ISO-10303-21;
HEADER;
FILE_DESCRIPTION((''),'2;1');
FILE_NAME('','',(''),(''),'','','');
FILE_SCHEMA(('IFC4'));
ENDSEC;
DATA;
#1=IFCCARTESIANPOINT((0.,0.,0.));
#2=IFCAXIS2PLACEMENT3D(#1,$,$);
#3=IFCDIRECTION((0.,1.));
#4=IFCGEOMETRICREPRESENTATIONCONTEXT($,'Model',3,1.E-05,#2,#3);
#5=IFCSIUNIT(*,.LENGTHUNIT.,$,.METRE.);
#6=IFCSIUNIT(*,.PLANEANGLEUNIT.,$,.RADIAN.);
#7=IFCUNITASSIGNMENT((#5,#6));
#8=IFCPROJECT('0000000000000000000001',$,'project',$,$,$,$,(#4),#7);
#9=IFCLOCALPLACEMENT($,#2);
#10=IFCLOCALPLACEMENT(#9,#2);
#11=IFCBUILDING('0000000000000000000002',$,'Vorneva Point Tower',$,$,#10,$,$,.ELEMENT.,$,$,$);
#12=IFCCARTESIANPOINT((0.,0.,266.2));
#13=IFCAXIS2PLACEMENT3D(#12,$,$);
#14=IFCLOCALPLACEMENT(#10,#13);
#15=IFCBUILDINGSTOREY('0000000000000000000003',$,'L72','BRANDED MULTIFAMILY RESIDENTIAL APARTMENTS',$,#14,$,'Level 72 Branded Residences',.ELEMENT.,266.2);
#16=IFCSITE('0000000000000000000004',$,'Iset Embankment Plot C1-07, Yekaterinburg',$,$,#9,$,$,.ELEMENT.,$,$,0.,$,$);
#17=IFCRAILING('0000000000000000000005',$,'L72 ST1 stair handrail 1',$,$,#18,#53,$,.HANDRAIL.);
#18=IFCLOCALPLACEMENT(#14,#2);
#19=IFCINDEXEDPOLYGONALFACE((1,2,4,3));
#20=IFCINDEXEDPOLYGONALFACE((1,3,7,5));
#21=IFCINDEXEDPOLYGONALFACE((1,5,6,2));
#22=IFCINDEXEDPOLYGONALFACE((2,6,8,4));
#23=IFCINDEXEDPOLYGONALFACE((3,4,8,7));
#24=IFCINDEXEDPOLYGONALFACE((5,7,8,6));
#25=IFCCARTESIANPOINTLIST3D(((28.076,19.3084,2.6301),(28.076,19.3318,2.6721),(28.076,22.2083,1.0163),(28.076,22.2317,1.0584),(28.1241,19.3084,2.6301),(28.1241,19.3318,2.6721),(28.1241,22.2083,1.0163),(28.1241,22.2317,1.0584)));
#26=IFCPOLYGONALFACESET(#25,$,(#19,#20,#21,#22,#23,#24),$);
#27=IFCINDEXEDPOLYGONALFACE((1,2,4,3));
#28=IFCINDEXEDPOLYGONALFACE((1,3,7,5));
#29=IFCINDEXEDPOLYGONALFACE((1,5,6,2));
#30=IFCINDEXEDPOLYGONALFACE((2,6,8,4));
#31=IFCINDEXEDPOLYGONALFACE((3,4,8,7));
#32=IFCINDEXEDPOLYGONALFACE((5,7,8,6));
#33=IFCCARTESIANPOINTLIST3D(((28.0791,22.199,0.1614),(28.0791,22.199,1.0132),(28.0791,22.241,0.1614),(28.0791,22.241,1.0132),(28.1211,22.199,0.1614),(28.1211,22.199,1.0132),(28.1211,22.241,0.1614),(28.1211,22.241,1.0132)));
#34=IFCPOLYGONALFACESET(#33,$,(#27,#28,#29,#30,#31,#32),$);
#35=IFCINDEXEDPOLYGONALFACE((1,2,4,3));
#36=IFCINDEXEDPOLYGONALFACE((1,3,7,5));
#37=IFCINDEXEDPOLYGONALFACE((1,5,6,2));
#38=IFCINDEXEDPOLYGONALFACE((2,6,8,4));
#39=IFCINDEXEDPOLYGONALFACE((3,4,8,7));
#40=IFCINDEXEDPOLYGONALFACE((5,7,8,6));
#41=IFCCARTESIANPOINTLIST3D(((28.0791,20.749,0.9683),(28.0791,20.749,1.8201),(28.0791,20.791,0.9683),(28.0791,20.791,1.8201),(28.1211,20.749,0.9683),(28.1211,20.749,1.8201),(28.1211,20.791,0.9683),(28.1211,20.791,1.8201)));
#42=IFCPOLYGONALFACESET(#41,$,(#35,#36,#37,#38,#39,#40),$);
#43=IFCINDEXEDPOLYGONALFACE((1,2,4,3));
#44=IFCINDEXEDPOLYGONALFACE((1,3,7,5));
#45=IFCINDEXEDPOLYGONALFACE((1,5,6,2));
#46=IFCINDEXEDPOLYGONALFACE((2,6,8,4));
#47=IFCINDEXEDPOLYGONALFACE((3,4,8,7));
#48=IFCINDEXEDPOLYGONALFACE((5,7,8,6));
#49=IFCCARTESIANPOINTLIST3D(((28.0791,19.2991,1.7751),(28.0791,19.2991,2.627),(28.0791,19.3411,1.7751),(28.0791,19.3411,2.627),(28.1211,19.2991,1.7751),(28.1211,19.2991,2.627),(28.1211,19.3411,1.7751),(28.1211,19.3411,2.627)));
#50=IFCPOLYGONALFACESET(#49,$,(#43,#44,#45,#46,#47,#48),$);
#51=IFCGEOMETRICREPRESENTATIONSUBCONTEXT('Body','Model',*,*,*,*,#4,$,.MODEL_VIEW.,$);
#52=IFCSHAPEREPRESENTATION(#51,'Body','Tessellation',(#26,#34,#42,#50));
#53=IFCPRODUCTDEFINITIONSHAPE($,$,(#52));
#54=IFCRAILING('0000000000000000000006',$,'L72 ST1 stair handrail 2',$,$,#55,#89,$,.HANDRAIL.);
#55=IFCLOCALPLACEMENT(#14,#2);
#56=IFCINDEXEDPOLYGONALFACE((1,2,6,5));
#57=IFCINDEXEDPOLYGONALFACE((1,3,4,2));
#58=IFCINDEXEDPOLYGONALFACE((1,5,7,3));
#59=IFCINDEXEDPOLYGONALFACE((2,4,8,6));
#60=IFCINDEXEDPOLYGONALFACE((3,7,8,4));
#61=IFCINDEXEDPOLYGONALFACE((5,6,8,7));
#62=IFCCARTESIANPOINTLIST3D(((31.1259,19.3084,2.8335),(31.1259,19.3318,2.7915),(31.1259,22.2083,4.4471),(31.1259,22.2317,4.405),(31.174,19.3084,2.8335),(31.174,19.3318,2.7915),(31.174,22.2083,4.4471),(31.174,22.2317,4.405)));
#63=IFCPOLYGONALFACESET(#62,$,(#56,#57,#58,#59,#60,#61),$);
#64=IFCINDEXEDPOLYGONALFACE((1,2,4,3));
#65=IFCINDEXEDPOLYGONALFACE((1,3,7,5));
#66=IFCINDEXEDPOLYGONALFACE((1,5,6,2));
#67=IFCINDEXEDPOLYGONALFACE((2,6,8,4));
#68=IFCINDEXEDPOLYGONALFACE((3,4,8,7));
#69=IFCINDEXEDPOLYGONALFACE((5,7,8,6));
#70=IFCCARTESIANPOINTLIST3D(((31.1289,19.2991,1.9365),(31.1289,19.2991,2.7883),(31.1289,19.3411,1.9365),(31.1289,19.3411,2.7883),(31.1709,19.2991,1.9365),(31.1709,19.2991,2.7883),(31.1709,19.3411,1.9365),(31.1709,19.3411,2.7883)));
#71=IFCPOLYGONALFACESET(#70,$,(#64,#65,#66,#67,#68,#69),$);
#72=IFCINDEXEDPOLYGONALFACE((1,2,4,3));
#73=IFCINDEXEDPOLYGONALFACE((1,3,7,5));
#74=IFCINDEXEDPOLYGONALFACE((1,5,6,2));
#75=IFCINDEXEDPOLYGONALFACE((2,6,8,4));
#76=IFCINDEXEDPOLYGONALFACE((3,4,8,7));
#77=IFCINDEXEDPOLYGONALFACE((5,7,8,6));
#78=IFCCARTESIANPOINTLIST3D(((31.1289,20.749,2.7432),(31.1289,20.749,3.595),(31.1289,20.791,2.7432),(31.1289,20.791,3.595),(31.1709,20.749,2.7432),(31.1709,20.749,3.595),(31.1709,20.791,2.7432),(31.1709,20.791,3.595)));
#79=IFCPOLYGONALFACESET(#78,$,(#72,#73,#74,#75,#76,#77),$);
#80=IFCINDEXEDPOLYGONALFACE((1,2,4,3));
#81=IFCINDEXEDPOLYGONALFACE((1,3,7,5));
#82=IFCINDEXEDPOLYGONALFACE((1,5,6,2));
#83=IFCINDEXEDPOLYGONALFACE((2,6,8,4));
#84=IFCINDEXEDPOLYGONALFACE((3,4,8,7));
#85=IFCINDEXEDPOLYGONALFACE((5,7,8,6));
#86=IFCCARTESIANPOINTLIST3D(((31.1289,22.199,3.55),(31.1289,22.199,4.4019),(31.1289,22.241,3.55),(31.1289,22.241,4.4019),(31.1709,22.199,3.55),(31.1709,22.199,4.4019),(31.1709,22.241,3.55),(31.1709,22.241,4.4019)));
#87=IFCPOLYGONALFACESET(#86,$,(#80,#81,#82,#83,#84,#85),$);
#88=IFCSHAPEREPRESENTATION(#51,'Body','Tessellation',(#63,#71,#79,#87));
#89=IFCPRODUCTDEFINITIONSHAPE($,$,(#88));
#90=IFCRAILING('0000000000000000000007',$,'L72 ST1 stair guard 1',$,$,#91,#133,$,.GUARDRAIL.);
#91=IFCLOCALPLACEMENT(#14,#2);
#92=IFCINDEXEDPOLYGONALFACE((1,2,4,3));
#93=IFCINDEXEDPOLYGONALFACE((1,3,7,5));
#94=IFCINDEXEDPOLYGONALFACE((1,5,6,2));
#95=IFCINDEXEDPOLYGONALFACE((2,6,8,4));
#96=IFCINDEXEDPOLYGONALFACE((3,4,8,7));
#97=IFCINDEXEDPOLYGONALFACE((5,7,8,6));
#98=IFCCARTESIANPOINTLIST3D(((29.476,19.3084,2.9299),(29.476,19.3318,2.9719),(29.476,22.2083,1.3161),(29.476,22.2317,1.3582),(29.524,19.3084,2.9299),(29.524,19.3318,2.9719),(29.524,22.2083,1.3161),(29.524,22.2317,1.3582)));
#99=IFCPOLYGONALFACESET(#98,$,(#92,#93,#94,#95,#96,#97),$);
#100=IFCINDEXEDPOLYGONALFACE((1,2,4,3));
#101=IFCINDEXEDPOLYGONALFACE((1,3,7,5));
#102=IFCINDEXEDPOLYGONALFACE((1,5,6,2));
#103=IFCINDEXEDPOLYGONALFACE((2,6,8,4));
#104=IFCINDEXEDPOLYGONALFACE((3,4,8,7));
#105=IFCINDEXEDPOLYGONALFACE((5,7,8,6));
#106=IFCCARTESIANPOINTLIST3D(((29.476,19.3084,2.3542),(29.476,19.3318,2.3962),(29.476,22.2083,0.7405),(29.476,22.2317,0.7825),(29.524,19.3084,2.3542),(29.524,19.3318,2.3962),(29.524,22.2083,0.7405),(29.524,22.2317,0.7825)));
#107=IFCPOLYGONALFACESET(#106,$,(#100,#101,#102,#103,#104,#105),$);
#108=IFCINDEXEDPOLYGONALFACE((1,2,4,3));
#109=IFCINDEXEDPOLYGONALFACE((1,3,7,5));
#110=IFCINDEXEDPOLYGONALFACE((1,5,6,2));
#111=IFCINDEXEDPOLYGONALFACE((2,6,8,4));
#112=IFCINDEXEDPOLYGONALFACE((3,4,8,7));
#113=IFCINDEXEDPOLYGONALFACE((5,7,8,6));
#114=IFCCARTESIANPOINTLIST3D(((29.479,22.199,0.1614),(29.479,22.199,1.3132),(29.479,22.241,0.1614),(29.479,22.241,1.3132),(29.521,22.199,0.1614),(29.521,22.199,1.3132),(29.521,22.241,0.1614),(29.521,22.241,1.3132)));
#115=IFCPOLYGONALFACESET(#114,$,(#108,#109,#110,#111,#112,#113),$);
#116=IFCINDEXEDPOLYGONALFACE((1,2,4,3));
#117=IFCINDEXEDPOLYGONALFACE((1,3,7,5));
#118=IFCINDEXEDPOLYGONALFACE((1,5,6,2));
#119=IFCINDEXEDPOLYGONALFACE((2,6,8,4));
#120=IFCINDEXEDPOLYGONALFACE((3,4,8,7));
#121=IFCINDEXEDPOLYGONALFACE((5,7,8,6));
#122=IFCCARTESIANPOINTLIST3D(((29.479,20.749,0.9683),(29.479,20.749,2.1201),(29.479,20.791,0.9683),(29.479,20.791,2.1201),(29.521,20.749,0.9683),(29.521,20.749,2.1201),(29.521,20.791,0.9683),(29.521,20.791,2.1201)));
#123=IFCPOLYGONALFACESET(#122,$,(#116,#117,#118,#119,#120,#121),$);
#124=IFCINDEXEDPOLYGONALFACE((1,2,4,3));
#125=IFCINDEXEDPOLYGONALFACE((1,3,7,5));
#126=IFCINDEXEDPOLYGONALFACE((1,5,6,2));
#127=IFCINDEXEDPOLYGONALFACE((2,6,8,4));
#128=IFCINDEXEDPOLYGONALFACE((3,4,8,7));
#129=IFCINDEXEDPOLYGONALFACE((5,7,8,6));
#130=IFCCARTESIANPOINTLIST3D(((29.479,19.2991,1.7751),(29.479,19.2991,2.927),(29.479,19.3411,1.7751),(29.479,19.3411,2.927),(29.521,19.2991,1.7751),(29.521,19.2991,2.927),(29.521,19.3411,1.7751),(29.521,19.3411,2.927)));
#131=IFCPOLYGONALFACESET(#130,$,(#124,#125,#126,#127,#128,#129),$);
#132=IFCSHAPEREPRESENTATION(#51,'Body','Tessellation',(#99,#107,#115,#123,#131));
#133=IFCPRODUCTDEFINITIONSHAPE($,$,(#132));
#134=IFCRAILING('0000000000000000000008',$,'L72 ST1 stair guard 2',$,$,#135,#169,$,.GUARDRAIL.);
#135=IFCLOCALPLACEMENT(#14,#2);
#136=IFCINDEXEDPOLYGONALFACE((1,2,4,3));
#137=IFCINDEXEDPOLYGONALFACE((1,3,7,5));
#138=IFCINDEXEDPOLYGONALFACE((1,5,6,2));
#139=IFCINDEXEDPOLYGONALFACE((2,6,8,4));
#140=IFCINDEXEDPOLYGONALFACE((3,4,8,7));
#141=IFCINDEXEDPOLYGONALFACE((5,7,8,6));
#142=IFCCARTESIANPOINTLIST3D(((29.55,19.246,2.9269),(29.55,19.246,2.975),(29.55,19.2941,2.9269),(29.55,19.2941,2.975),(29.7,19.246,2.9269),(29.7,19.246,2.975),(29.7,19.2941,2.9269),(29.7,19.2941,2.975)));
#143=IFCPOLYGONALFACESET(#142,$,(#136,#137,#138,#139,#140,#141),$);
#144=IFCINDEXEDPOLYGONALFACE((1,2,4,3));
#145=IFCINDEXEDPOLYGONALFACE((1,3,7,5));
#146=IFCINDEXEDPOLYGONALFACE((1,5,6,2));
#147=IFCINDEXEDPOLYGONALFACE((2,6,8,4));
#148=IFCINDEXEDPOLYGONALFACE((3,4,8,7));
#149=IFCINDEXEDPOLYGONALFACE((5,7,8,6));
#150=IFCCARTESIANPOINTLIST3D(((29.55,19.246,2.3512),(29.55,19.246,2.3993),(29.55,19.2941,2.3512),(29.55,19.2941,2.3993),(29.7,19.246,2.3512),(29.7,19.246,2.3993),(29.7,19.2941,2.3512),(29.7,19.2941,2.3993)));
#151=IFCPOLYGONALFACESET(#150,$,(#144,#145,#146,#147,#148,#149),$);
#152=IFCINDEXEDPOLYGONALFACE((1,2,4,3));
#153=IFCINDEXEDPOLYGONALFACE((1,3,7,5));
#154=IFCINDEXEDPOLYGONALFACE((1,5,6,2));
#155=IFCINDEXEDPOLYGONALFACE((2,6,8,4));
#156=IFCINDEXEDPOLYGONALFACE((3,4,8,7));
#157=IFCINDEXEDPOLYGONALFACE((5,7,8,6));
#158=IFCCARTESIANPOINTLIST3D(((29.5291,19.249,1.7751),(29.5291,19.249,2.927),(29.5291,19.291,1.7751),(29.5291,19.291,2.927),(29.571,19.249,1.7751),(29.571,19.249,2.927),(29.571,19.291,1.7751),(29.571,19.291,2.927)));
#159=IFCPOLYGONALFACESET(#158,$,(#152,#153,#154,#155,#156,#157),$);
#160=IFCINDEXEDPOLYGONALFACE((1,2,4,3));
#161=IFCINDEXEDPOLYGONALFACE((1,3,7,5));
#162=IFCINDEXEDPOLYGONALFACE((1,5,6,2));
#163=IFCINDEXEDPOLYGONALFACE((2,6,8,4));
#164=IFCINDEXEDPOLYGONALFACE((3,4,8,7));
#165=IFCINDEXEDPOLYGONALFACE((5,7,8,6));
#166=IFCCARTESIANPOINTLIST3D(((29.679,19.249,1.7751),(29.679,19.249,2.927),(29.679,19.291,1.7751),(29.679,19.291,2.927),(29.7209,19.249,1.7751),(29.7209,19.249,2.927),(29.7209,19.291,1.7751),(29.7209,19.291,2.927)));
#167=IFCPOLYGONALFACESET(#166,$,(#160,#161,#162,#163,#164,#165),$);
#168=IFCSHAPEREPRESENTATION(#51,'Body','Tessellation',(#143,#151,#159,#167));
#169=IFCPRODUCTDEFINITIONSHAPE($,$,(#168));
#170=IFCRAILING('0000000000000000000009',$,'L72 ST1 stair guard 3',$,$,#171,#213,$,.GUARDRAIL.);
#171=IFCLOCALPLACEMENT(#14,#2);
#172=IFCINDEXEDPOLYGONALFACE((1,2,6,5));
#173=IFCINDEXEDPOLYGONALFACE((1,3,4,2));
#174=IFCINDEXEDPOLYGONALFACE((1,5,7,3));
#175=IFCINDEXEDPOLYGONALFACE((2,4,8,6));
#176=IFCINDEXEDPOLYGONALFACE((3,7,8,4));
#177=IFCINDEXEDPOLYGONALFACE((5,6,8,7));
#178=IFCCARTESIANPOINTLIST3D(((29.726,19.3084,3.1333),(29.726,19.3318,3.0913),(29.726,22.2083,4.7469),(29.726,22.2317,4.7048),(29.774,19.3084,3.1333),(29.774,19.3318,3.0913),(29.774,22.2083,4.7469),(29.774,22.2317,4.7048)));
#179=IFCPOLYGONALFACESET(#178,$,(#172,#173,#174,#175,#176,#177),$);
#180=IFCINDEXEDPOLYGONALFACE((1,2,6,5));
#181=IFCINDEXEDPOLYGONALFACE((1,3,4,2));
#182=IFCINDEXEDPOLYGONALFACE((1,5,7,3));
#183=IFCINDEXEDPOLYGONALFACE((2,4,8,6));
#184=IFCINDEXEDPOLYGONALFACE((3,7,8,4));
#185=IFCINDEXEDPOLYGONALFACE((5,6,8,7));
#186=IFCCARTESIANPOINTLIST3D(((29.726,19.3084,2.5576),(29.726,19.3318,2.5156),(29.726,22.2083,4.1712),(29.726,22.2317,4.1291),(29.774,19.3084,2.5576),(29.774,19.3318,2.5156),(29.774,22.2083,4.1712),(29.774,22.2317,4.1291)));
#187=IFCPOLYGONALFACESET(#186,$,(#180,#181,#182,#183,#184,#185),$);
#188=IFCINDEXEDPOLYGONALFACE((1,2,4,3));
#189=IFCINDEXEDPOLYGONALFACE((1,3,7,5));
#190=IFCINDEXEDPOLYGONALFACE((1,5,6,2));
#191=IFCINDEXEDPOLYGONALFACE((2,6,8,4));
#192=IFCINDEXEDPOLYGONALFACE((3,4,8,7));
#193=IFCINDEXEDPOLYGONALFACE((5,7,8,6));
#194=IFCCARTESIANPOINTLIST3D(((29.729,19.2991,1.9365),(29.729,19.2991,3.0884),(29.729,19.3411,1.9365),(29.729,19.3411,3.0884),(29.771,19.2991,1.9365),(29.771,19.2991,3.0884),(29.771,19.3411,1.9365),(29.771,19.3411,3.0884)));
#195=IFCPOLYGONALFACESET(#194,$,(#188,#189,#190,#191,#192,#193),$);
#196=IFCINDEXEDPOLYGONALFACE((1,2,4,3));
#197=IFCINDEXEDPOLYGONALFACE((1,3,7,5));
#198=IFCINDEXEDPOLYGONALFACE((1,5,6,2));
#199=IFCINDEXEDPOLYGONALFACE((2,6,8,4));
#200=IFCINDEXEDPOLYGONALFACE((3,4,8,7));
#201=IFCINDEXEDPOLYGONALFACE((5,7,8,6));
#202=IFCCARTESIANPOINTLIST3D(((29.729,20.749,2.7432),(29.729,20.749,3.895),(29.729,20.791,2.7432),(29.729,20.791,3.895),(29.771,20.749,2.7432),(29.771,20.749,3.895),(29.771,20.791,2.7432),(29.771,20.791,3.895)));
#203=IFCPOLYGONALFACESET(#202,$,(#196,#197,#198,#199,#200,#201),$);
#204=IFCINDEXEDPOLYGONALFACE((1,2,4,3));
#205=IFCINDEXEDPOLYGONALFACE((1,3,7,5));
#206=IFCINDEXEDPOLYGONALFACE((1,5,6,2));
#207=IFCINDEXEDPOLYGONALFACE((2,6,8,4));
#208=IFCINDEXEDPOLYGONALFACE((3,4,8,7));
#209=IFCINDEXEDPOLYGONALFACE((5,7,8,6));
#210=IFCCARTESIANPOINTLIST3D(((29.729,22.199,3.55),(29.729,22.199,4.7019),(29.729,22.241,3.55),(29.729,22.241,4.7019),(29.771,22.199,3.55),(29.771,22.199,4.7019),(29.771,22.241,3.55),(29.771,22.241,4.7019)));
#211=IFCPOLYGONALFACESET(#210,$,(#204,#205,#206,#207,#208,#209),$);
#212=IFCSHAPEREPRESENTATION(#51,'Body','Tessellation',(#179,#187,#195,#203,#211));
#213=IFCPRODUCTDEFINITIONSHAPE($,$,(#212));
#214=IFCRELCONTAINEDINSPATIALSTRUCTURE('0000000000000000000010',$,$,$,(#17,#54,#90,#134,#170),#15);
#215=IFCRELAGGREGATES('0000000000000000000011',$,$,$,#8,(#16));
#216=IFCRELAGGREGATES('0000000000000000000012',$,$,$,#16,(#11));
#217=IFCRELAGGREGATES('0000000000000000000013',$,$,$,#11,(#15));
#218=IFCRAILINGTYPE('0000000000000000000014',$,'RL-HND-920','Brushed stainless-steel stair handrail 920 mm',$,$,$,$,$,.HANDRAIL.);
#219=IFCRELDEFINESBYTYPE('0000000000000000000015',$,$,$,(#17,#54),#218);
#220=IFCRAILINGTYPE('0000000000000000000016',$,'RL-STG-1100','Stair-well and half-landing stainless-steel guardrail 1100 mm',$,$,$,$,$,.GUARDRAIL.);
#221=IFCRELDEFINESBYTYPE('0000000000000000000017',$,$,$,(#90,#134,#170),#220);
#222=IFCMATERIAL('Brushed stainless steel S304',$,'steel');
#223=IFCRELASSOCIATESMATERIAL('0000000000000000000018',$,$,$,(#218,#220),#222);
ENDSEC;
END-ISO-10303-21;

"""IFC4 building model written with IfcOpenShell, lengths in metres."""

from ifc_helpers import new_model, si_unit, direction, frame, origin, origin_2d, place, context, subcontext, project, spatial, rectangle, extrude, material, type_object, element, save


model = new_model("IFC4")

# Units and contexts
model_context = context("Model", 3, precision=1e-05, world=origin(), true_north=direction((0.0, 1.0)))
body_context = subcontext(model_context, "Body", "Model", "MODEL_VIEW")
ifc_project = project(units=[si_unit("LENGTHUNIT", "METRE"), si_unit("PLANEANGLEUNIT", "RADIAN")], contexts=[model_context])

# Site, building, storey
site_placement = place(None, origin())
site = spatial("IfcSite", under=ifc_project, at=site_placement, Name="Iset Embankment Plot C1-07, Yekaterinburg", CompositionType="ELEMENT", RefElevation=0.0)
building_placement = place(site_placement, origin())
building = spatial("IfcBuilding", under=site, at=building_placement, Name="Vorneva Point Tower", CompositionType="ELEMENT")
storey_placement = place(building_placement, frame((0.0, 0.0, 266.2)))
storey = spatial("IfcBuildingStorey", under=building, at=storey_placement, Name="L72", Description="BRANDED MULTIFAMILY RESIDENTIAL APARTMENTS", LongName="Level 72 Branded Residences", CompositionType="ELEMENT", Elevation=266.2)

# Railings
ifc_material_1 = material(Name="Brushed stainless steel S304", Category="steel")
railing_type_1 = type_object("IfcRailingType", Name="RL-HND-920", Description="Brushed stainless-steel stair handrail 920 mm", PredefinedType="HANDRAIL", material=ifc_material_1)
railing_1_placement = place(storey_placement, frame((28.1001, 22.22, 0.1614)))
element("IfcRailing", 1, at=railing_1_placement, inside=storey, type_object=railing_type_1, Name="L72 ST1 stair handrail 1", PredefinedType="HANDRAIL", context=body_context, shape_type="SweptSolid", body=[
    extrude(rectangle(XDim=0.0481, YDim=0.0481, at=origin_2d()), frame((0.0, 0.0, 0.876), z_axis=(0.0, -0.87381, 0.486267), x_axis=(1.0, 0.0, 0.0)), (0.0, 0.0, 1.0), 3.3186),
    extrude(rectangle(XDim=0.042, YDim=0.042, at=origin_2d()), origin(), (0.0, 0.0, 1.0), 0.8518),
    extrude(rectangle(XDim=0.042, YDim=0.042, at=origin_2d()), frame((0.0, -1.45, 0.8069)), (0.0, 0.0, 1.0), 0.8518),
    extrude(rectangle(XDim=0.042, YDim=0.042, at=origin_2d()), frame((0.0, -2.8999, 1.6138)), (0.0, 0.0, 1.0), 0.8518),
])
railing_2_placement = place(storey_placement, frame((31.1499, 19.3201, 1.9365)))
element("IfcRailing", 2, at=railing_2_placement, inside=storey, type_object=railing_type_1, Name="L72 ST1 stair handrail 2", PredefinedType="HANDRAIL", context=body_context, shape_type="SweptSolid", body=[
    extrude(rectangle(XDim=0.0481, YDim=0.0481, at=origin_2d()), frame((0.0, 0.0, 0.876), z_axis=(0.0, 0.873841, 0.486211), x_axis=(-1.0, 0.0, 0.0)), (0.0, 0.0, 1.0), 3.3186),
    extrude(rectangle(XDim=0.042, YDim=0.042, at=origin_2d()), origin(), (0.0, 0.0, 1.0), 0.8518),
    extrude(rectangle(XDim=0.042, YDim=0.042, at=origin_2d()), frame((0.0, 1.45, 0.8066)), (0.0, 0.0, 1.0), 0.8518),
    extrude(rectangle(XDim=0.042, YDim=0.042, at=origin_2d()), frame((0.0, 2.8999, 1.6135)), (0.0, 0.0, 1.0), 0.8518),
])
railing_type_2 = type_object("IfcRailingType", Name="RL-STG-1100", Description="Stair-well and half-landing stainless-steel guardrail 1100 mm", PredefinedType="GUARDRAIL", material=ifc_material_1)
railing_3_placement = place(storey_placement, frame((29.5, 22.22, 0.1614)))
element("IfcRailing", 3, at=railing_3_placement, inside=storey, type_object=railing_type_2, Name="L72 ST1 stair guard 1", PredefinedType="GUARDRAIL", context=body_context, shape_type="SweptSolid", body=[
    extrude(rectangle(XDim=0.0481, YDim=0.0481, at=origin_2d()), frame((0.0, 0.0, 1.1758), z_axis=(0.0, -0.87381, 0.486267), x_axis=(1.0, 0.0, 0.0)), (0.0, 0.0, 1.0), 3.3186),
    extrude(rectangle(XDim=0.0481, YDim=0.0481, at=origin_2d()), frame((0.0, 0.0, 0.6001), z_axis=(0.0, -0.87381, 0.486267), x_axis=(1.0, 0.0, 0.0)), (0.0, 0.0, 1.0), 3.3186),
    extrude(rectangle(XDim=0.042, YDim=0.042, at=origin_2d()), origin(), (0.0, 0.0, 1.0), 1.1519),
    extrude(rectangle(XDim=0.042, YDim=0.042, at=origin_2d()), frame((0.0, -1.45, 0.8069)), (0.0, 0.0, 1.0), 1.1519),
    extrude(rectangle(XDim=0.042, YDim=0.042, at=origin_2d()), frame((0.0, -2.8999, 1.6138)), (0.0, 0.0, 1.0), 1.1519),
])
railing_4_placement = place(storey_placement, frame((29.55, 19.27, 1.7751)))
element("IfcRailing", 4, at=railing_4_placement, inside=storey, type_object=railing_type_2, Name="L72 ST1 stair guard 2", PredefinedType="GUARDRAIL", context=body_context, shape_type="SweptSolid", body=[
    extrude(rectangle(XDim=0.0481, YDim=0.0481, at=origin_2d()), frame((0.0, 0.0, 1.1758), z_axis=(1.0, 0.0, 0.0), x_axis=(0.0, 1.0, 0.0)), (0.0, 0.0, 1.0), 0.1499),
    extrude(rectangle(XDim=0.0481, YDim=0.0481, at=origin_2d()), frame((0.0, 0.0, 0.6001), z_axis=(1.0, 0.0, 0.0), x_axis=(0.0, 1.0, 0.0)), (0.0, 0.0, 1.0), 0.1499),
    extrude(rectangle(XDim=0.042, YDim=0.042, at=origin_2d()), origin(), (0.0, 0.0, 1.0), 1.1519),
    extrude(rectangle(XDim=0.042, YDim=0.042, at=origin_2d()), frame((0.1499, 0.0, 0.0)), (0.0, 0.0, 1.0), 1.1519),
])
railing_5_placement = place(storey_placement, frame((29.75, 19.3201, 1.9365)))
element("IfcRailing", 5, at=railing_5_placement, inside=storey, type_object=railing_type_2, Name="L72 ST1 stair guard 3", PredefinedType="GUARDRAIL", context=body_context, shape_type="SweptSolid", body=[
    extrude(rectangle(XDim=0.0481, YDim=0.0481, at=origin_2d()), frame((0.0, 0.0, 1.1758), z_axis=(0.0, 0.873841, 0.486211), x_axis=(-1.0, 0.0, 0.0)), (0.0, 0.0, 1.0), 3.3186),
    extrude(rectangle(XDim=0.0481, YDim=0.0481, at=origin_2d()), frame((0.0, 0.0, 0.6001), z_axis=(0.0, 0.873841, 0.486211), x_axis=(-1.0, 0.0, 0.0)), (0.0, 0.0, 1.0), 3.3186),
    extrude(rectangle(XDim=0.042, YDim=0.042, at=origin_2d()), origin(), (0.0, 0.0, 1.0), 1.1519),
    extrude(rectangle(XDim=0.042, YDim=0.042, at=origin_2d()), frame((0.0, 1.45, 0.8066)), (0.0, 0.0, 1.0), 1.1519),
    extrude(rectangle(XDim=0.042, YDim=0.042, at=origin_2d()), frame((0.0, 2.8999, 1.6135)), (0.0, 0.0, 1.0), 1.1519),
])

save(model, "model.ifc")
